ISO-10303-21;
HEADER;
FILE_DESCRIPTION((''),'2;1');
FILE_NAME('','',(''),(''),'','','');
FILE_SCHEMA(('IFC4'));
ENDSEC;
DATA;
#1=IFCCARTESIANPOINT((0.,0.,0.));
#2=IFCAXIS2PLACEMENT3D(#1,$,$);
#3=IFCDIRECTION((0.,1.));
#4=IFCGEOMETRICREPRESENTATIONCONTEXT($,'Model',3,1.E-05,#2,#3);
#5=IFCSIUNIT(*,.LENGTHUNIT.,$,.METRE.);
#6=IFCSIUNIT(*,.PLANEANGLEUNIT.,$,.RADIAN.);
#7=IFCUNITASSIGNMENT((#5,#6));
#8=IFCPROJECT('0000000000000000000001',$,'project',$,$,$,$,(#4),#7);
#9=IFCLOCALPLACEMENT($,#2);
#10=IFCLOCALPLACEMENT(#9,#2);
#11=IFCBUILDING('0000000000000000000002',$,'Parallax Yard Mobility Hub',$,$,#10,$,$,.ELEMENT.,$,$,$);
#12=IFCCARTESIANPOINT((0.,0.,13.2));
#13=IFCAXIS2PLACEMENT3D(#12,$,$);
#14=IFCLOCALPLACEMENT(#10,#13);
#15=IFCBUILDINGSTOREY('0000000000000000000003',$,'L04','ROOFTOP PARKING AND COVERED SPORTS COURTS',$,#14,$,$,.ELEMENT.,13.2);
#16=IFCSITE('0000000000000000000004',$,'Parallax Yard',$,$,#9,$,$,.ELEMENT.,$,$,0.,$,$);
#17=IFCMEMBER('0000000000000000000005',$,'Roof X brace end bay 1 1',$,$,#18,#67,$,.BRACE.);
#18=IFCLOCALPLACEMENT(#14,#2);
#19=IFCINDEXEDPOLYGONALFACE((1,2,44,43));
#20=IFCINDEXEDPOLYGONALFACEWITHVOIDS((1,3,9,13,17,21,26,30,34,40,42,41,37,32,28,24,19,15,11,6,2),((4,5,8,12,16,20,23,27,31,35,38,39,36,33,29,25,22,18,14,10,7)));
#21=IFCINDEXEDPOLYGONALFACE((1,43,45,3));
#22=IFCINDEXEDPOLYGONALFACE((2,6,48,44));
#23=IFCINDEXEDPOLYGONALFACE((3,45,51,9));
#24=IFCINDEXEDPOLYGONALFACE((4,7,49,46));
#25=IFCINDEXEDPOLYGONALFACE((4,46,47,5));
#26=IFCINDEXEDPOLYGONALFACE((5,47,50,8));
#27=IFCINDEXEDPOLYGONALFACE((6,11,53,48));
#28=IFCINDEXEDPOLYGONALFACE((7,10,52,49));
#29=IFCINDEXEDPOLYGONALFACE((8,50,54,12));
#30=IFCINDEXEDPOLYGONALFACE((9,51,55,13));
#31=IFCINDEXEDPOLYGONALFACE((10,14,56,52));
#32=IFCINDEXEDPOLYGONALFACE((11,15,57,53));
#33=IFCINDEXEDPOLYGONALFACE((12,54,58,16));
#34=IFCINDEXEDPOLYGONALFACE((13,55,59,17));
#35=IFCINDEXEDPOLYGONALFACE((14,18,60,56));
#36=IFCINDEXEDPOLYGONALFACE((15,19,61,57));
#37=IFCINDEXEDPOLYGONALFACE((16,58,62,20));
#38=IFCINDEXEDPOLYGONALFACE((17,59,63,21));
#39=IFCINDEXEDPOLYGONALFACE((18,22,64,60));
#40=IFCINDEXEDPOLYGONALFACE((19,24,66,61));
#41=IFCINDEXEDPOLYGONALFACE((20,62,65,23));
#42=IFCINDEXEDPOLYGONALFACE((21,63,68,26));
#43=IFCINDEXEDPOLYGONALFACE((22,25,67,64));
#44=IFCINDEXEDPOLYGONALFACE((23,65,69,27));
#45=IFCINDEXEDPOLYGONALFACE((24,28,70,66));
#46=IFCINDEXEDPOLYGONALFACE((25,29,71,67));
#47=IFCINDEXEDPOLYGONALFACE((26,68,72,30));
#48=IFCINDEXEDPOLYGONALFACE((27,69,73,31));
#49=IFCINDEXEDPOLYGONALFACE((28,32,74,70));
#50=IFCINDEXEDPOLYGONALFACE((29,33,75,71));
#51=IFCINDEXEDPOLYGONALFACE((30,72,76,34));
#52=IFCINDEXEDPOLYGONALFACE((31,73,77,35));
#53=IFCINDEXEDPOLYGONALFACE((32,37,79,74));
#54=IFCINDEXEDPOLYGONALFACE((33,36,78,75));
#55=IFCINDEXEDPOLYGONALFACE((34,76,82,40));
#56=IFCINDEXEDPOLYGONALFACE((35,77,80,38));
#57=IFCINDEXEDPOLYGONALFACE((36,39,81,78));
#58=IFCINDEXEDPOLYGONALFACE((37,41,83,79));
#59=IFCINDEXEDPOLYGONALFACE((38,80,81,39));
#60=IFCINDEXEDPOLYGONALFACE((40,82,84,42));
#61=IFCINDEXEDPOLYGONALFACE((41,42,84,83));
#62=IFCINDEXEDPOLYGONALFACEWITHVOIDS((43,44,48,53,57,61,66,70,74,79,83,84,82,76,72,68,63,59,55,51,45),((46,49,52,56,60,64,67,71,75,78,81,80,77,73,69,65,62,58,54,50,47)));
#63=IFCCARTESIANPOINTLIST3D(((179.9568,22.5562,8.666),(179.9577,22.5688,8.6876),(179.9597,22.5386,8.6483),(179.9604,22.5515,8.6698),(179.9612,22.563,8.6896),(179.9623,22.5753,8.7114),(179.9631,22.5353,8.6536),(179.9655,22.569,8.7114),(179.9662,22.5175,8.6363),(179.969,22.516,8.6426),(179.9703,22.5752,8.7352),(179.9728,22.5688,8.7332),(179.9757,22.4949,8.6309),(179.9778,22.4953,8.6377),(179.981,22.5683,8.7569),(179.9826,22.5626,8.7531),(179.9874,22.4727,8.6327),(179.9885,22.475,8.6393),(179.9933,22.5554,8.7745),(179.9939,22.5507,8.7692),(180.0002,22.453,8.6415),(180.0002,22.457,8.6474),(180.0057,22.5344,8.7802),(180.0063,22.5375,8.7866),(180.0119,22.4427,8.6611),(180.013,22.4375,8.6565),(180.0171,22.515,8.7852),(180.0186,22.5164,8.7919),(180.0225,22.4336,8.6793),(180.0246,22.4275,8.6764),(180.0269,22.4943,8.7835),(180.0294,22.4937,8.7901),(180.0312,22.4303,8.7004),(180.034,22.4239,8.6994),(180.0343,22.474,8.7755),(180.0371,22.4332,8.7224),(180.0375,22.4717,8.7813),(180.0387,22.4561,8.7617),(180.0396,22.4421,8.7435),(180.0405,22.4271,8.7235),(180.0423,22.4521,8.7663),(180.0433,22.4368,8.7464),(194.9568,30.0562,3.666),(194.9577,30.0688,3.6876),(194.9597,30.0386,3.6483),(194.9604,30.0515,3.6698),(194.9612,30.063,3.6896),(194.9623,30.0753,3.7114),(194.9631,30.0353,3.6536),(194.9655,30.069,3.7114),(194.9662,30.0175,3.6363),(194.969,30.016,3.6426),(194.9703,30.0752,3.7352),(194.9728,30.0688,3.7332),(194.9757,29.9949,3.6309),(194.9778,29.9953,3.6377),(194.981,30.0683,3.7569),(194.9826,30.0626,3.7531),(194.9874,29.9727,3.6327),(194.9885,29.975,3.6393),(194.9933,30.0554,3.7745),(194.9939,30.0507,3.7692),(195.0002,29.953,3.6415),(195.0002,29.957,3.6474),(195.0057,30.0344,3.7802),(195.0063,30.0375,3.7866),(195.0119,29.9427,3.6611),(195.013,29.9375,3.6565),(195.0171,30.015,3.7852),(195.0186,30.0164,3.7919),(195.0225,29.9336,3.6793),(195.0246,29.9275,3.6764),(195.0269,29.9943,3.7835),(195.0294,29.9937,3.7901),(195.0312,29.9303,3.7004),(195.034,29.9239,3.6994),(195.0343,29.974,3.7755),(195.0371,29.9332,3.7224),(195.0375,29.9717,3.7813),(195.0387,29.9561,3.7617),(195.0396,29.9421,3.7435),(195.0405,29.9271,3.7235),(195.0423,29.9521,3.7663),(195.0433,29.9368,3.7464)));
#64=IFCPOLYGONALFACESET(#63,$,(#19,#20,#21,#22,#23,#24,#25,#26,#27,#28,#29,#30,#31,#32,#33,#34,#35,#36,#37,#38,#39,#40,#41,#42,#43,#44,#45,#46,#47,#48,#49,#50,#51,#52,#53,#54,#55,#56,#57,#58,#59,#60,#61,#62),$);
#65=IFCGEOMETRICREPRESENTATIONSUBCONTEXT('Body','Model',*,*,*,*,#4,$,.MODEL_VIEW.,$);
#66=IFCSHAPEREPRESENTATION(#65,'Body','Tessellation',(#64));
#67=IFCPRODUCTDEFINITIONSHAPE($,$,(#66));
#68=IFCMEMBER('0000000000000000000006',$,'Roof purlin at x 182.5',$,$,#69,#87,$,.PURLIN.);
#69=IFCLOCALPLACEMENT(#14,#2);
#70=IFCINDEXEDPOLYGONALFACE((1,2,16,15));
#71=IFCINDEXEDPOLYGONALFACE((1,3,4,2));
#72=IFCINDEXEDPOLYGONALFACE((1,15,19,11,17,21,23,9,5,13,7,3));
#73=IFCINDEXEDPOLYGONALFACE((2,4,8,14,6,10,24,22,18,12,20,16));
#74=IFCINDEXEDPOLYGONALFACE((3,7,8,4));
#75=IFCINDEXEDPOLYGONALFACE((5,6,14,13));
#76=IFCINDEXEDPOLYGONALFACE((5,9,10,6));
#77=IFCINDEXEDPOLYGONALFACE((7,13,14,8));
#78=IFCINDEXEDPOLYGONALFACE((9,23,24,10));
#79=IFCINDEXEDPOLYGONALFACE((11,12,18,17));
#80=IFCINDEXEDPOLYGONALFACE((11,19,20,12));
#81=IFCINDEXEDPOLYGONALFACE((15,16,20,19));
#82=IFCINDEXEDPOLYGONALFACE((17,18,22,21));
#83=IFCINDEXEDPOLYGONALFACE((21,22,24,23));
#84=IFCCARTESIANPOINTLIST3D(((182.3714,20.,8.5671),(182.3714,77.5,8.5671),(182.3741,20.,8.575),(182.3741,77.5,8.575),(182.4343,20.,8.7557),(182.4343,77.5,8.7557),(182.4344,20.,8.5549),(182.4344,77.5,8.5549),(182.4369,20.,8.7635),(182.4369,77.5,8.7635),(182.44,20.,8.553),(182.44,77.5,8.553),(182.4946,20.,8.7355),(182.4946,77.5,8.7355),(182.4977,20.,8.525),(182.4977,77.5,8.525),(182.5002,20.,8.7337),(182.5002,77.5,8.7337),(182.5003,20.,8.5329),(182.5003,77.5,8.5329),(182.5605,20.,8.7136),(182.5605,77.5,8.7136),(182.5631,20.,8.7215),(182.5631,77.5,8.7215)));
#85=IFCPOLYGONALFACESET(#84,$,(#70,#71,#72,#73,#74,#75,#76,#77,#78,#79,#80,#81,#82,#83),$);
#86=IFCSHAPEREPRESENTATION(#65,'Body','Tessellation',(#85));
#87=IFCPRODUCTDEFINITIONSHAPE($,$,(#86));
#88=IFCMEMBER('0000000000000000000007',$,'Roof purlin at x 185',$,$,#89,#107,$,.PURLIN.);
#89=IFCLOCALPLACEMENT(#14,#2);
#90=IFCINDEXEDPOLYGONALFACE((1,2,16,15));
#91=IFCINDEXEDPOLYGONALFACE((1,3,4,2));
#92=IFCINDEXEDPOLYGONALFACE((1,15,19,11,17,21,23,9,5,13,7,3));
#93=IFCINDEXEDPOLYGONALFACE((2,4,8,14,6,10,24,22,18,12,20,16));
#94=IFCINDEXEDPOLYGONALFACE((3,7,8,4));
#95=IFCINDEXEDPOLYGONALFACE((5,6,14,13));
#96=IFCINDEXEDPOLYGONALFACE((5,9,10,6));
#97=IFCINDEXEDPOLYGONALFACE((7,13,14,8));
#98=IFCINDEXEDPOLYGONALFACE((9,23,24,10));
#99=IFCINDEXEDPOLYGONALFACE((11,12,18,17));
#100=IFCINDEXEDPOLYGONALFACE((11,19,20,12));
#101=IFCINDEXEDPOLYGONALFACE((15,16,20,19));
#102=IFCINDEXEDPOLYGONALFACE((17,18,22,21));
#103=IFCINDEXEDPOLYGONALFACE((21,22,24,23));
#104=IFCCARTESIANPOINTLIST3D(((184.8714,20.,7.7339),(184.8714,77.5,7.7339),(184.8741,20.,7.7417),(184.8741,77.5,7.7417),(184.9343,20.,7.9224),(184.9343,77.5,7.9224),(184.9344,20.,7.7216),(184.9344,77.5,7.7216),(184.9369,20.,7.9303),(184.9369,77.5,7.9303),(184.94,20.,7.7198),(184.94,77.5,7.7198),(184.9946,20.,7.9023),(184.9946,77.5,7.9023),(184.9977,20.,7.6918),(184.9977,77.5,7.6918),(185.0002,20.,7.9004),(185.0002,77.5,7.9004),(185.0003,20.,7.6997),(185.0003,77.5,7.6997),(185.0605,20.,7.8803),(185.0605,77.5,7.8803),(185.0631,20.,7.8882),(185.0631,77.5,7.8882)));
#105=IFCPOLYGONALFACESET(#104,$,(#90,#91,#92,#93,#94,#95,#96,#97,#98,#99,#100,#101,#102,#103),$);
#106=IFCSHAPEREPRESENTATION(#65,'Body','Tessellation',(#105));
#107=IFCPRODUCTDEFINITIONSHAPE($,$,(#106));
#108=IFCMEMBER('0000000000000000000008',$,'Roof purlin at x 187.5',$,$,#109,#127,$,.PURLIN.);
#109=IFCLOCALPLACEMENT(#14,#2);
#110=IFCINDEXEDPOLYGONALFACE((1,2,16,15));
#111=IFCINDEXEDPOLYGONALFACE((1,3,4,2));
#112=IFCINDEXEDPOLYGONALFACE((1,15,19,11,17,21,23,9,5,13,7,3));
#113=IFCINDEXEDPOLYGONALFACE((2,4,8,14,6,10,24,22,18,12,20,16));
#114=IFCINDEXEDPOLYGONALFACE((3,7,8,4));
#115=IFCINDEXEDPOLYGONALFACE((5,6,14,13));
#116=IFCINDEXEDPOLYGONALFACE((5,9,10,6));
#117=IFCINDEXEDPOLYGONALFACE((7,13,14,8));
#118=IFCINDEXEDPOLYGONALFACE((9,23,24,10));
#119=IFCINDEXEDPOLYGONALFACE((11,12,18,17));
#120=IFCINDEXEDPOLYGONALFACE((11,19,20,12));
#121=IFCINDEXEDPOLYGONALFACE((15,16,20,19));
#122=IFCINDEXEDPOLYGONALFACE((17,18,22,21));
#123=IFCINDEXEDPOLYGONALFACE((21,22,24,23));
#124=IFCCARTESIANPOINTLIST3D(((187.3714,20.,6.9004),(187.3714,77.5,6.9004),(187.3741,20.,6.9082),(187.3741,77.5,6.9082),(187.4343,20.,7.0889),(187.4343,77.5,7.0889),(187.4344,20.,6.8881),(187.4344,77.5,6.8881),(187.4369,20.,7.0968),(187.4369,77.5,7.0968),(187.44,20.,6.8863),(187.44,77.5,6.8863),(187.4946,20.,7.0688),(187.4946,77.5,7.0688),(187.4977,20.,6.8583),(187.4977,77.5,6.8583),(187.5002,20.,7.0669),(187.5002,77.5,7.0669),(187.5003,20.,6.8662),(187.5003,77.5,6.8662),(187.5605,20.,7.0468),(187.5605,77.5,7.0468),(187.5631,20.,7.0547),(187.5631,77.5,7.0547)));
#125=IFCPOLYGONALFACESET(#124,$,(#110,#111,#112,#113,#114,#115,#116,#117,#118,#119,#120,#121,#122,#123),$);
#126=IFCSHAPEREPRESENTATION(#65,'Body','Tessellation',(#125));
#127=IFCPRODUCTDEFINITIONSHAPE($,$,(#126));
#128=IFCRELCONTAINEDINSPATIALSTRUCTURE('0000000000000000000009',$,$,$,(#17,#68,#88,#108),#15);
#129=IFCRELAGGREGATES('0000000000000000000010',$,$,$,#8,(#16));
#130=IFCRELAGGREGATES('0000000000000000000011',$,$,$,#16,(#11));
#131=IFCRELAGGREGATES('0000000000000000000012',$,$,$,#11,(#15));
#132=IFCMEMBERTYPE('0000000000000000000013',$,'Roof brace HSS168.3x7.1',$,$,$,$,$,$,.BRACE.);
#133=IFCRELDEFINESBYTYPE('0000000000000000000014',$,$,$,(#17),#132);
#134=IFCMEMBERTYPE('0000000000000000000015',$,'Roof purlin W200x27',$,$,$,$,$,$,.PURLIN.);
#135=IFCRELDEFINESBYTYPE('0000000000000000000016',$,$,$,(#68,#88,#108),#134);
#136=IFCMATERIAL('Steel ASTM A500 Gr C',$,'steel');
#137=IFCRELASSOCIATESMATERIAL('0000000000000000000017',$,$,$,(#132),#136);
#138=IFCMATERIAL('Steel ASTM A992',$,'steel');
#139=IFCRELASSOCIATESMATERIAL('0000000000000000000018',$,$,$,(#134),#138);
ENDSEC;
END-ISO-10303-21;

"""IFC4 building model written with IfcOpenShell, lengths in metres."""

from ifc_helpers import new_model, si_unit, direction, frame, origin, origin_2d, place, context, subcontext, project, spatial, hollow_circle, i_section, extrude, material, material_profile, profile_set, type_object, element, save


model = new_model("IFC4")

# Units and contexts
model_context = context("Model", 3, precision=1e-05, world=origin(), true_north=direction((0.0, 1.0)))
body_context = subcontext(model_context, "Body", "Model", "MODEL_VIEW")
ifc_project = project(units=[si_unit("LENGTHUNIT", "METRE"), si_unit("PLANEANGLEUNIT", "RADIAN")], contexts=[model_context])

# Site, building, storey
site_placement = place(None, origin())
site = spatial("IfcSite", under=ifc_project, at=site_placement, Name="Parallax Yard", CompositionType="ELEMENT", RefElevation=0.0)
building_placement = place(site_placement, origin())
building = spatial("IfcBuilding", under=site, at=building_placement, Name="Parallax Yard Mobility Hub", CompositionType="ELEMENT")
storey_placement = place(building_placement, frame((0.0, 0.0, 13.2)))
storey = spatial("IfcBuildingStorey", under=building, at=storey_placement, Name="L04", Description="ROOFTOP PARKING AND COVERED SPORTS COURTS", CompositionType="ELEMENT", Elevation=13.2)

# Members
ifc_material_1 = material(Name="Steel ASTM A500 Gr C", Category="steel")
ifc_material_profile_1 = material_profile(ifc_material_1, hollow_circle(Radius=0.0842, WallThickness=0.0071, at=origin_2d()), Name="HSS168.3x7.1")
ifc_profile_set_1 = profile_set([ifc_material_profile_1], Name="Steel ASTM A500 Gr C")
member_type_1 = type_object("IfcMemberType", Name="Roof brace HSS168.3x7.1", PredefinedType="BRACE", material=ifc_profile_set_1)
member_placement = place(storey_placement, frame((180.0, 22.5, 8.7114), z_axis=(0.857143, 0.428571, -0.285714), x_axis=(-0.447214, 0.894427, 0.0)))
element("IfcMember", 1, at=member_placement, inside=storey, type_object=member_type_1, Name="Roof X brace end bay 1 1", PredefinedType="BRACE", context=body_context, shape_type="SweptSolid", body=[
    extrude(hollow_circle(Radius=0.0842, WallThickness=0.0071, at=origin_2d()), origin(), (0.0, 0.0, 1.0), 17.5),
])
ifc_material_2 = material(Name="Steel ASTM A992", Category="steel")
ifc_material_profile_2 = material_profile(ifc_material_2, i_section(OverallWidth=0.1331, OverallDepth=0.207, WebThickness=0.0059, FlangeThickness=0.0083, at=origin_2d()), Name="W200x27")
ifc_profile_set_2 = profile_set([ifc_material_profile_2], Name="Steel ASTM A992")
member_type_2 = type_object("IfcMemberType", Name="Roof purlin W200x27", PredefinedType="PURLIN", material=ifc_profile_set_2)
for number, where, z_axis, x_axis, name in (
    (2, (182.4673, 20.0, 8.6443), (0.0, 1.0, 0.0), (-0.948684, 0.0, 0.316227), "Roof purlin at x 182.5"),
    (3, (184.9673, 20.0, 7.811), (0.0, 1.0, 0.0), (-0.948684, 0.0, 0.316227), "Roof purlin at x 185"),
    (4, (187.4673, 20.0, 6.9775), (0.0, 1.0, 0.0), (-0.948684, 0.0, 0.316227), "Roof purlin at x 187.5"),
):
    element("IfcMember", number, at=place(storey_placement, frame(where, z_axis=z_axis, x_axis=x_axis)), inside=storey, type_object=member_type_2, Name=name, PredefinedType="PURLIN", context=body_context, shape_type="SweptSolid", body=[
        extrude(i_section(OverallWidth=0.1331, OverallDepth=0.207, WebThickness=0.0059, FlangeThickness=0.0083, at=origin_2d()), origin(), (0.0, 0.0, 1.0), 57.5),
    ])

save(model, "model.ifc")
